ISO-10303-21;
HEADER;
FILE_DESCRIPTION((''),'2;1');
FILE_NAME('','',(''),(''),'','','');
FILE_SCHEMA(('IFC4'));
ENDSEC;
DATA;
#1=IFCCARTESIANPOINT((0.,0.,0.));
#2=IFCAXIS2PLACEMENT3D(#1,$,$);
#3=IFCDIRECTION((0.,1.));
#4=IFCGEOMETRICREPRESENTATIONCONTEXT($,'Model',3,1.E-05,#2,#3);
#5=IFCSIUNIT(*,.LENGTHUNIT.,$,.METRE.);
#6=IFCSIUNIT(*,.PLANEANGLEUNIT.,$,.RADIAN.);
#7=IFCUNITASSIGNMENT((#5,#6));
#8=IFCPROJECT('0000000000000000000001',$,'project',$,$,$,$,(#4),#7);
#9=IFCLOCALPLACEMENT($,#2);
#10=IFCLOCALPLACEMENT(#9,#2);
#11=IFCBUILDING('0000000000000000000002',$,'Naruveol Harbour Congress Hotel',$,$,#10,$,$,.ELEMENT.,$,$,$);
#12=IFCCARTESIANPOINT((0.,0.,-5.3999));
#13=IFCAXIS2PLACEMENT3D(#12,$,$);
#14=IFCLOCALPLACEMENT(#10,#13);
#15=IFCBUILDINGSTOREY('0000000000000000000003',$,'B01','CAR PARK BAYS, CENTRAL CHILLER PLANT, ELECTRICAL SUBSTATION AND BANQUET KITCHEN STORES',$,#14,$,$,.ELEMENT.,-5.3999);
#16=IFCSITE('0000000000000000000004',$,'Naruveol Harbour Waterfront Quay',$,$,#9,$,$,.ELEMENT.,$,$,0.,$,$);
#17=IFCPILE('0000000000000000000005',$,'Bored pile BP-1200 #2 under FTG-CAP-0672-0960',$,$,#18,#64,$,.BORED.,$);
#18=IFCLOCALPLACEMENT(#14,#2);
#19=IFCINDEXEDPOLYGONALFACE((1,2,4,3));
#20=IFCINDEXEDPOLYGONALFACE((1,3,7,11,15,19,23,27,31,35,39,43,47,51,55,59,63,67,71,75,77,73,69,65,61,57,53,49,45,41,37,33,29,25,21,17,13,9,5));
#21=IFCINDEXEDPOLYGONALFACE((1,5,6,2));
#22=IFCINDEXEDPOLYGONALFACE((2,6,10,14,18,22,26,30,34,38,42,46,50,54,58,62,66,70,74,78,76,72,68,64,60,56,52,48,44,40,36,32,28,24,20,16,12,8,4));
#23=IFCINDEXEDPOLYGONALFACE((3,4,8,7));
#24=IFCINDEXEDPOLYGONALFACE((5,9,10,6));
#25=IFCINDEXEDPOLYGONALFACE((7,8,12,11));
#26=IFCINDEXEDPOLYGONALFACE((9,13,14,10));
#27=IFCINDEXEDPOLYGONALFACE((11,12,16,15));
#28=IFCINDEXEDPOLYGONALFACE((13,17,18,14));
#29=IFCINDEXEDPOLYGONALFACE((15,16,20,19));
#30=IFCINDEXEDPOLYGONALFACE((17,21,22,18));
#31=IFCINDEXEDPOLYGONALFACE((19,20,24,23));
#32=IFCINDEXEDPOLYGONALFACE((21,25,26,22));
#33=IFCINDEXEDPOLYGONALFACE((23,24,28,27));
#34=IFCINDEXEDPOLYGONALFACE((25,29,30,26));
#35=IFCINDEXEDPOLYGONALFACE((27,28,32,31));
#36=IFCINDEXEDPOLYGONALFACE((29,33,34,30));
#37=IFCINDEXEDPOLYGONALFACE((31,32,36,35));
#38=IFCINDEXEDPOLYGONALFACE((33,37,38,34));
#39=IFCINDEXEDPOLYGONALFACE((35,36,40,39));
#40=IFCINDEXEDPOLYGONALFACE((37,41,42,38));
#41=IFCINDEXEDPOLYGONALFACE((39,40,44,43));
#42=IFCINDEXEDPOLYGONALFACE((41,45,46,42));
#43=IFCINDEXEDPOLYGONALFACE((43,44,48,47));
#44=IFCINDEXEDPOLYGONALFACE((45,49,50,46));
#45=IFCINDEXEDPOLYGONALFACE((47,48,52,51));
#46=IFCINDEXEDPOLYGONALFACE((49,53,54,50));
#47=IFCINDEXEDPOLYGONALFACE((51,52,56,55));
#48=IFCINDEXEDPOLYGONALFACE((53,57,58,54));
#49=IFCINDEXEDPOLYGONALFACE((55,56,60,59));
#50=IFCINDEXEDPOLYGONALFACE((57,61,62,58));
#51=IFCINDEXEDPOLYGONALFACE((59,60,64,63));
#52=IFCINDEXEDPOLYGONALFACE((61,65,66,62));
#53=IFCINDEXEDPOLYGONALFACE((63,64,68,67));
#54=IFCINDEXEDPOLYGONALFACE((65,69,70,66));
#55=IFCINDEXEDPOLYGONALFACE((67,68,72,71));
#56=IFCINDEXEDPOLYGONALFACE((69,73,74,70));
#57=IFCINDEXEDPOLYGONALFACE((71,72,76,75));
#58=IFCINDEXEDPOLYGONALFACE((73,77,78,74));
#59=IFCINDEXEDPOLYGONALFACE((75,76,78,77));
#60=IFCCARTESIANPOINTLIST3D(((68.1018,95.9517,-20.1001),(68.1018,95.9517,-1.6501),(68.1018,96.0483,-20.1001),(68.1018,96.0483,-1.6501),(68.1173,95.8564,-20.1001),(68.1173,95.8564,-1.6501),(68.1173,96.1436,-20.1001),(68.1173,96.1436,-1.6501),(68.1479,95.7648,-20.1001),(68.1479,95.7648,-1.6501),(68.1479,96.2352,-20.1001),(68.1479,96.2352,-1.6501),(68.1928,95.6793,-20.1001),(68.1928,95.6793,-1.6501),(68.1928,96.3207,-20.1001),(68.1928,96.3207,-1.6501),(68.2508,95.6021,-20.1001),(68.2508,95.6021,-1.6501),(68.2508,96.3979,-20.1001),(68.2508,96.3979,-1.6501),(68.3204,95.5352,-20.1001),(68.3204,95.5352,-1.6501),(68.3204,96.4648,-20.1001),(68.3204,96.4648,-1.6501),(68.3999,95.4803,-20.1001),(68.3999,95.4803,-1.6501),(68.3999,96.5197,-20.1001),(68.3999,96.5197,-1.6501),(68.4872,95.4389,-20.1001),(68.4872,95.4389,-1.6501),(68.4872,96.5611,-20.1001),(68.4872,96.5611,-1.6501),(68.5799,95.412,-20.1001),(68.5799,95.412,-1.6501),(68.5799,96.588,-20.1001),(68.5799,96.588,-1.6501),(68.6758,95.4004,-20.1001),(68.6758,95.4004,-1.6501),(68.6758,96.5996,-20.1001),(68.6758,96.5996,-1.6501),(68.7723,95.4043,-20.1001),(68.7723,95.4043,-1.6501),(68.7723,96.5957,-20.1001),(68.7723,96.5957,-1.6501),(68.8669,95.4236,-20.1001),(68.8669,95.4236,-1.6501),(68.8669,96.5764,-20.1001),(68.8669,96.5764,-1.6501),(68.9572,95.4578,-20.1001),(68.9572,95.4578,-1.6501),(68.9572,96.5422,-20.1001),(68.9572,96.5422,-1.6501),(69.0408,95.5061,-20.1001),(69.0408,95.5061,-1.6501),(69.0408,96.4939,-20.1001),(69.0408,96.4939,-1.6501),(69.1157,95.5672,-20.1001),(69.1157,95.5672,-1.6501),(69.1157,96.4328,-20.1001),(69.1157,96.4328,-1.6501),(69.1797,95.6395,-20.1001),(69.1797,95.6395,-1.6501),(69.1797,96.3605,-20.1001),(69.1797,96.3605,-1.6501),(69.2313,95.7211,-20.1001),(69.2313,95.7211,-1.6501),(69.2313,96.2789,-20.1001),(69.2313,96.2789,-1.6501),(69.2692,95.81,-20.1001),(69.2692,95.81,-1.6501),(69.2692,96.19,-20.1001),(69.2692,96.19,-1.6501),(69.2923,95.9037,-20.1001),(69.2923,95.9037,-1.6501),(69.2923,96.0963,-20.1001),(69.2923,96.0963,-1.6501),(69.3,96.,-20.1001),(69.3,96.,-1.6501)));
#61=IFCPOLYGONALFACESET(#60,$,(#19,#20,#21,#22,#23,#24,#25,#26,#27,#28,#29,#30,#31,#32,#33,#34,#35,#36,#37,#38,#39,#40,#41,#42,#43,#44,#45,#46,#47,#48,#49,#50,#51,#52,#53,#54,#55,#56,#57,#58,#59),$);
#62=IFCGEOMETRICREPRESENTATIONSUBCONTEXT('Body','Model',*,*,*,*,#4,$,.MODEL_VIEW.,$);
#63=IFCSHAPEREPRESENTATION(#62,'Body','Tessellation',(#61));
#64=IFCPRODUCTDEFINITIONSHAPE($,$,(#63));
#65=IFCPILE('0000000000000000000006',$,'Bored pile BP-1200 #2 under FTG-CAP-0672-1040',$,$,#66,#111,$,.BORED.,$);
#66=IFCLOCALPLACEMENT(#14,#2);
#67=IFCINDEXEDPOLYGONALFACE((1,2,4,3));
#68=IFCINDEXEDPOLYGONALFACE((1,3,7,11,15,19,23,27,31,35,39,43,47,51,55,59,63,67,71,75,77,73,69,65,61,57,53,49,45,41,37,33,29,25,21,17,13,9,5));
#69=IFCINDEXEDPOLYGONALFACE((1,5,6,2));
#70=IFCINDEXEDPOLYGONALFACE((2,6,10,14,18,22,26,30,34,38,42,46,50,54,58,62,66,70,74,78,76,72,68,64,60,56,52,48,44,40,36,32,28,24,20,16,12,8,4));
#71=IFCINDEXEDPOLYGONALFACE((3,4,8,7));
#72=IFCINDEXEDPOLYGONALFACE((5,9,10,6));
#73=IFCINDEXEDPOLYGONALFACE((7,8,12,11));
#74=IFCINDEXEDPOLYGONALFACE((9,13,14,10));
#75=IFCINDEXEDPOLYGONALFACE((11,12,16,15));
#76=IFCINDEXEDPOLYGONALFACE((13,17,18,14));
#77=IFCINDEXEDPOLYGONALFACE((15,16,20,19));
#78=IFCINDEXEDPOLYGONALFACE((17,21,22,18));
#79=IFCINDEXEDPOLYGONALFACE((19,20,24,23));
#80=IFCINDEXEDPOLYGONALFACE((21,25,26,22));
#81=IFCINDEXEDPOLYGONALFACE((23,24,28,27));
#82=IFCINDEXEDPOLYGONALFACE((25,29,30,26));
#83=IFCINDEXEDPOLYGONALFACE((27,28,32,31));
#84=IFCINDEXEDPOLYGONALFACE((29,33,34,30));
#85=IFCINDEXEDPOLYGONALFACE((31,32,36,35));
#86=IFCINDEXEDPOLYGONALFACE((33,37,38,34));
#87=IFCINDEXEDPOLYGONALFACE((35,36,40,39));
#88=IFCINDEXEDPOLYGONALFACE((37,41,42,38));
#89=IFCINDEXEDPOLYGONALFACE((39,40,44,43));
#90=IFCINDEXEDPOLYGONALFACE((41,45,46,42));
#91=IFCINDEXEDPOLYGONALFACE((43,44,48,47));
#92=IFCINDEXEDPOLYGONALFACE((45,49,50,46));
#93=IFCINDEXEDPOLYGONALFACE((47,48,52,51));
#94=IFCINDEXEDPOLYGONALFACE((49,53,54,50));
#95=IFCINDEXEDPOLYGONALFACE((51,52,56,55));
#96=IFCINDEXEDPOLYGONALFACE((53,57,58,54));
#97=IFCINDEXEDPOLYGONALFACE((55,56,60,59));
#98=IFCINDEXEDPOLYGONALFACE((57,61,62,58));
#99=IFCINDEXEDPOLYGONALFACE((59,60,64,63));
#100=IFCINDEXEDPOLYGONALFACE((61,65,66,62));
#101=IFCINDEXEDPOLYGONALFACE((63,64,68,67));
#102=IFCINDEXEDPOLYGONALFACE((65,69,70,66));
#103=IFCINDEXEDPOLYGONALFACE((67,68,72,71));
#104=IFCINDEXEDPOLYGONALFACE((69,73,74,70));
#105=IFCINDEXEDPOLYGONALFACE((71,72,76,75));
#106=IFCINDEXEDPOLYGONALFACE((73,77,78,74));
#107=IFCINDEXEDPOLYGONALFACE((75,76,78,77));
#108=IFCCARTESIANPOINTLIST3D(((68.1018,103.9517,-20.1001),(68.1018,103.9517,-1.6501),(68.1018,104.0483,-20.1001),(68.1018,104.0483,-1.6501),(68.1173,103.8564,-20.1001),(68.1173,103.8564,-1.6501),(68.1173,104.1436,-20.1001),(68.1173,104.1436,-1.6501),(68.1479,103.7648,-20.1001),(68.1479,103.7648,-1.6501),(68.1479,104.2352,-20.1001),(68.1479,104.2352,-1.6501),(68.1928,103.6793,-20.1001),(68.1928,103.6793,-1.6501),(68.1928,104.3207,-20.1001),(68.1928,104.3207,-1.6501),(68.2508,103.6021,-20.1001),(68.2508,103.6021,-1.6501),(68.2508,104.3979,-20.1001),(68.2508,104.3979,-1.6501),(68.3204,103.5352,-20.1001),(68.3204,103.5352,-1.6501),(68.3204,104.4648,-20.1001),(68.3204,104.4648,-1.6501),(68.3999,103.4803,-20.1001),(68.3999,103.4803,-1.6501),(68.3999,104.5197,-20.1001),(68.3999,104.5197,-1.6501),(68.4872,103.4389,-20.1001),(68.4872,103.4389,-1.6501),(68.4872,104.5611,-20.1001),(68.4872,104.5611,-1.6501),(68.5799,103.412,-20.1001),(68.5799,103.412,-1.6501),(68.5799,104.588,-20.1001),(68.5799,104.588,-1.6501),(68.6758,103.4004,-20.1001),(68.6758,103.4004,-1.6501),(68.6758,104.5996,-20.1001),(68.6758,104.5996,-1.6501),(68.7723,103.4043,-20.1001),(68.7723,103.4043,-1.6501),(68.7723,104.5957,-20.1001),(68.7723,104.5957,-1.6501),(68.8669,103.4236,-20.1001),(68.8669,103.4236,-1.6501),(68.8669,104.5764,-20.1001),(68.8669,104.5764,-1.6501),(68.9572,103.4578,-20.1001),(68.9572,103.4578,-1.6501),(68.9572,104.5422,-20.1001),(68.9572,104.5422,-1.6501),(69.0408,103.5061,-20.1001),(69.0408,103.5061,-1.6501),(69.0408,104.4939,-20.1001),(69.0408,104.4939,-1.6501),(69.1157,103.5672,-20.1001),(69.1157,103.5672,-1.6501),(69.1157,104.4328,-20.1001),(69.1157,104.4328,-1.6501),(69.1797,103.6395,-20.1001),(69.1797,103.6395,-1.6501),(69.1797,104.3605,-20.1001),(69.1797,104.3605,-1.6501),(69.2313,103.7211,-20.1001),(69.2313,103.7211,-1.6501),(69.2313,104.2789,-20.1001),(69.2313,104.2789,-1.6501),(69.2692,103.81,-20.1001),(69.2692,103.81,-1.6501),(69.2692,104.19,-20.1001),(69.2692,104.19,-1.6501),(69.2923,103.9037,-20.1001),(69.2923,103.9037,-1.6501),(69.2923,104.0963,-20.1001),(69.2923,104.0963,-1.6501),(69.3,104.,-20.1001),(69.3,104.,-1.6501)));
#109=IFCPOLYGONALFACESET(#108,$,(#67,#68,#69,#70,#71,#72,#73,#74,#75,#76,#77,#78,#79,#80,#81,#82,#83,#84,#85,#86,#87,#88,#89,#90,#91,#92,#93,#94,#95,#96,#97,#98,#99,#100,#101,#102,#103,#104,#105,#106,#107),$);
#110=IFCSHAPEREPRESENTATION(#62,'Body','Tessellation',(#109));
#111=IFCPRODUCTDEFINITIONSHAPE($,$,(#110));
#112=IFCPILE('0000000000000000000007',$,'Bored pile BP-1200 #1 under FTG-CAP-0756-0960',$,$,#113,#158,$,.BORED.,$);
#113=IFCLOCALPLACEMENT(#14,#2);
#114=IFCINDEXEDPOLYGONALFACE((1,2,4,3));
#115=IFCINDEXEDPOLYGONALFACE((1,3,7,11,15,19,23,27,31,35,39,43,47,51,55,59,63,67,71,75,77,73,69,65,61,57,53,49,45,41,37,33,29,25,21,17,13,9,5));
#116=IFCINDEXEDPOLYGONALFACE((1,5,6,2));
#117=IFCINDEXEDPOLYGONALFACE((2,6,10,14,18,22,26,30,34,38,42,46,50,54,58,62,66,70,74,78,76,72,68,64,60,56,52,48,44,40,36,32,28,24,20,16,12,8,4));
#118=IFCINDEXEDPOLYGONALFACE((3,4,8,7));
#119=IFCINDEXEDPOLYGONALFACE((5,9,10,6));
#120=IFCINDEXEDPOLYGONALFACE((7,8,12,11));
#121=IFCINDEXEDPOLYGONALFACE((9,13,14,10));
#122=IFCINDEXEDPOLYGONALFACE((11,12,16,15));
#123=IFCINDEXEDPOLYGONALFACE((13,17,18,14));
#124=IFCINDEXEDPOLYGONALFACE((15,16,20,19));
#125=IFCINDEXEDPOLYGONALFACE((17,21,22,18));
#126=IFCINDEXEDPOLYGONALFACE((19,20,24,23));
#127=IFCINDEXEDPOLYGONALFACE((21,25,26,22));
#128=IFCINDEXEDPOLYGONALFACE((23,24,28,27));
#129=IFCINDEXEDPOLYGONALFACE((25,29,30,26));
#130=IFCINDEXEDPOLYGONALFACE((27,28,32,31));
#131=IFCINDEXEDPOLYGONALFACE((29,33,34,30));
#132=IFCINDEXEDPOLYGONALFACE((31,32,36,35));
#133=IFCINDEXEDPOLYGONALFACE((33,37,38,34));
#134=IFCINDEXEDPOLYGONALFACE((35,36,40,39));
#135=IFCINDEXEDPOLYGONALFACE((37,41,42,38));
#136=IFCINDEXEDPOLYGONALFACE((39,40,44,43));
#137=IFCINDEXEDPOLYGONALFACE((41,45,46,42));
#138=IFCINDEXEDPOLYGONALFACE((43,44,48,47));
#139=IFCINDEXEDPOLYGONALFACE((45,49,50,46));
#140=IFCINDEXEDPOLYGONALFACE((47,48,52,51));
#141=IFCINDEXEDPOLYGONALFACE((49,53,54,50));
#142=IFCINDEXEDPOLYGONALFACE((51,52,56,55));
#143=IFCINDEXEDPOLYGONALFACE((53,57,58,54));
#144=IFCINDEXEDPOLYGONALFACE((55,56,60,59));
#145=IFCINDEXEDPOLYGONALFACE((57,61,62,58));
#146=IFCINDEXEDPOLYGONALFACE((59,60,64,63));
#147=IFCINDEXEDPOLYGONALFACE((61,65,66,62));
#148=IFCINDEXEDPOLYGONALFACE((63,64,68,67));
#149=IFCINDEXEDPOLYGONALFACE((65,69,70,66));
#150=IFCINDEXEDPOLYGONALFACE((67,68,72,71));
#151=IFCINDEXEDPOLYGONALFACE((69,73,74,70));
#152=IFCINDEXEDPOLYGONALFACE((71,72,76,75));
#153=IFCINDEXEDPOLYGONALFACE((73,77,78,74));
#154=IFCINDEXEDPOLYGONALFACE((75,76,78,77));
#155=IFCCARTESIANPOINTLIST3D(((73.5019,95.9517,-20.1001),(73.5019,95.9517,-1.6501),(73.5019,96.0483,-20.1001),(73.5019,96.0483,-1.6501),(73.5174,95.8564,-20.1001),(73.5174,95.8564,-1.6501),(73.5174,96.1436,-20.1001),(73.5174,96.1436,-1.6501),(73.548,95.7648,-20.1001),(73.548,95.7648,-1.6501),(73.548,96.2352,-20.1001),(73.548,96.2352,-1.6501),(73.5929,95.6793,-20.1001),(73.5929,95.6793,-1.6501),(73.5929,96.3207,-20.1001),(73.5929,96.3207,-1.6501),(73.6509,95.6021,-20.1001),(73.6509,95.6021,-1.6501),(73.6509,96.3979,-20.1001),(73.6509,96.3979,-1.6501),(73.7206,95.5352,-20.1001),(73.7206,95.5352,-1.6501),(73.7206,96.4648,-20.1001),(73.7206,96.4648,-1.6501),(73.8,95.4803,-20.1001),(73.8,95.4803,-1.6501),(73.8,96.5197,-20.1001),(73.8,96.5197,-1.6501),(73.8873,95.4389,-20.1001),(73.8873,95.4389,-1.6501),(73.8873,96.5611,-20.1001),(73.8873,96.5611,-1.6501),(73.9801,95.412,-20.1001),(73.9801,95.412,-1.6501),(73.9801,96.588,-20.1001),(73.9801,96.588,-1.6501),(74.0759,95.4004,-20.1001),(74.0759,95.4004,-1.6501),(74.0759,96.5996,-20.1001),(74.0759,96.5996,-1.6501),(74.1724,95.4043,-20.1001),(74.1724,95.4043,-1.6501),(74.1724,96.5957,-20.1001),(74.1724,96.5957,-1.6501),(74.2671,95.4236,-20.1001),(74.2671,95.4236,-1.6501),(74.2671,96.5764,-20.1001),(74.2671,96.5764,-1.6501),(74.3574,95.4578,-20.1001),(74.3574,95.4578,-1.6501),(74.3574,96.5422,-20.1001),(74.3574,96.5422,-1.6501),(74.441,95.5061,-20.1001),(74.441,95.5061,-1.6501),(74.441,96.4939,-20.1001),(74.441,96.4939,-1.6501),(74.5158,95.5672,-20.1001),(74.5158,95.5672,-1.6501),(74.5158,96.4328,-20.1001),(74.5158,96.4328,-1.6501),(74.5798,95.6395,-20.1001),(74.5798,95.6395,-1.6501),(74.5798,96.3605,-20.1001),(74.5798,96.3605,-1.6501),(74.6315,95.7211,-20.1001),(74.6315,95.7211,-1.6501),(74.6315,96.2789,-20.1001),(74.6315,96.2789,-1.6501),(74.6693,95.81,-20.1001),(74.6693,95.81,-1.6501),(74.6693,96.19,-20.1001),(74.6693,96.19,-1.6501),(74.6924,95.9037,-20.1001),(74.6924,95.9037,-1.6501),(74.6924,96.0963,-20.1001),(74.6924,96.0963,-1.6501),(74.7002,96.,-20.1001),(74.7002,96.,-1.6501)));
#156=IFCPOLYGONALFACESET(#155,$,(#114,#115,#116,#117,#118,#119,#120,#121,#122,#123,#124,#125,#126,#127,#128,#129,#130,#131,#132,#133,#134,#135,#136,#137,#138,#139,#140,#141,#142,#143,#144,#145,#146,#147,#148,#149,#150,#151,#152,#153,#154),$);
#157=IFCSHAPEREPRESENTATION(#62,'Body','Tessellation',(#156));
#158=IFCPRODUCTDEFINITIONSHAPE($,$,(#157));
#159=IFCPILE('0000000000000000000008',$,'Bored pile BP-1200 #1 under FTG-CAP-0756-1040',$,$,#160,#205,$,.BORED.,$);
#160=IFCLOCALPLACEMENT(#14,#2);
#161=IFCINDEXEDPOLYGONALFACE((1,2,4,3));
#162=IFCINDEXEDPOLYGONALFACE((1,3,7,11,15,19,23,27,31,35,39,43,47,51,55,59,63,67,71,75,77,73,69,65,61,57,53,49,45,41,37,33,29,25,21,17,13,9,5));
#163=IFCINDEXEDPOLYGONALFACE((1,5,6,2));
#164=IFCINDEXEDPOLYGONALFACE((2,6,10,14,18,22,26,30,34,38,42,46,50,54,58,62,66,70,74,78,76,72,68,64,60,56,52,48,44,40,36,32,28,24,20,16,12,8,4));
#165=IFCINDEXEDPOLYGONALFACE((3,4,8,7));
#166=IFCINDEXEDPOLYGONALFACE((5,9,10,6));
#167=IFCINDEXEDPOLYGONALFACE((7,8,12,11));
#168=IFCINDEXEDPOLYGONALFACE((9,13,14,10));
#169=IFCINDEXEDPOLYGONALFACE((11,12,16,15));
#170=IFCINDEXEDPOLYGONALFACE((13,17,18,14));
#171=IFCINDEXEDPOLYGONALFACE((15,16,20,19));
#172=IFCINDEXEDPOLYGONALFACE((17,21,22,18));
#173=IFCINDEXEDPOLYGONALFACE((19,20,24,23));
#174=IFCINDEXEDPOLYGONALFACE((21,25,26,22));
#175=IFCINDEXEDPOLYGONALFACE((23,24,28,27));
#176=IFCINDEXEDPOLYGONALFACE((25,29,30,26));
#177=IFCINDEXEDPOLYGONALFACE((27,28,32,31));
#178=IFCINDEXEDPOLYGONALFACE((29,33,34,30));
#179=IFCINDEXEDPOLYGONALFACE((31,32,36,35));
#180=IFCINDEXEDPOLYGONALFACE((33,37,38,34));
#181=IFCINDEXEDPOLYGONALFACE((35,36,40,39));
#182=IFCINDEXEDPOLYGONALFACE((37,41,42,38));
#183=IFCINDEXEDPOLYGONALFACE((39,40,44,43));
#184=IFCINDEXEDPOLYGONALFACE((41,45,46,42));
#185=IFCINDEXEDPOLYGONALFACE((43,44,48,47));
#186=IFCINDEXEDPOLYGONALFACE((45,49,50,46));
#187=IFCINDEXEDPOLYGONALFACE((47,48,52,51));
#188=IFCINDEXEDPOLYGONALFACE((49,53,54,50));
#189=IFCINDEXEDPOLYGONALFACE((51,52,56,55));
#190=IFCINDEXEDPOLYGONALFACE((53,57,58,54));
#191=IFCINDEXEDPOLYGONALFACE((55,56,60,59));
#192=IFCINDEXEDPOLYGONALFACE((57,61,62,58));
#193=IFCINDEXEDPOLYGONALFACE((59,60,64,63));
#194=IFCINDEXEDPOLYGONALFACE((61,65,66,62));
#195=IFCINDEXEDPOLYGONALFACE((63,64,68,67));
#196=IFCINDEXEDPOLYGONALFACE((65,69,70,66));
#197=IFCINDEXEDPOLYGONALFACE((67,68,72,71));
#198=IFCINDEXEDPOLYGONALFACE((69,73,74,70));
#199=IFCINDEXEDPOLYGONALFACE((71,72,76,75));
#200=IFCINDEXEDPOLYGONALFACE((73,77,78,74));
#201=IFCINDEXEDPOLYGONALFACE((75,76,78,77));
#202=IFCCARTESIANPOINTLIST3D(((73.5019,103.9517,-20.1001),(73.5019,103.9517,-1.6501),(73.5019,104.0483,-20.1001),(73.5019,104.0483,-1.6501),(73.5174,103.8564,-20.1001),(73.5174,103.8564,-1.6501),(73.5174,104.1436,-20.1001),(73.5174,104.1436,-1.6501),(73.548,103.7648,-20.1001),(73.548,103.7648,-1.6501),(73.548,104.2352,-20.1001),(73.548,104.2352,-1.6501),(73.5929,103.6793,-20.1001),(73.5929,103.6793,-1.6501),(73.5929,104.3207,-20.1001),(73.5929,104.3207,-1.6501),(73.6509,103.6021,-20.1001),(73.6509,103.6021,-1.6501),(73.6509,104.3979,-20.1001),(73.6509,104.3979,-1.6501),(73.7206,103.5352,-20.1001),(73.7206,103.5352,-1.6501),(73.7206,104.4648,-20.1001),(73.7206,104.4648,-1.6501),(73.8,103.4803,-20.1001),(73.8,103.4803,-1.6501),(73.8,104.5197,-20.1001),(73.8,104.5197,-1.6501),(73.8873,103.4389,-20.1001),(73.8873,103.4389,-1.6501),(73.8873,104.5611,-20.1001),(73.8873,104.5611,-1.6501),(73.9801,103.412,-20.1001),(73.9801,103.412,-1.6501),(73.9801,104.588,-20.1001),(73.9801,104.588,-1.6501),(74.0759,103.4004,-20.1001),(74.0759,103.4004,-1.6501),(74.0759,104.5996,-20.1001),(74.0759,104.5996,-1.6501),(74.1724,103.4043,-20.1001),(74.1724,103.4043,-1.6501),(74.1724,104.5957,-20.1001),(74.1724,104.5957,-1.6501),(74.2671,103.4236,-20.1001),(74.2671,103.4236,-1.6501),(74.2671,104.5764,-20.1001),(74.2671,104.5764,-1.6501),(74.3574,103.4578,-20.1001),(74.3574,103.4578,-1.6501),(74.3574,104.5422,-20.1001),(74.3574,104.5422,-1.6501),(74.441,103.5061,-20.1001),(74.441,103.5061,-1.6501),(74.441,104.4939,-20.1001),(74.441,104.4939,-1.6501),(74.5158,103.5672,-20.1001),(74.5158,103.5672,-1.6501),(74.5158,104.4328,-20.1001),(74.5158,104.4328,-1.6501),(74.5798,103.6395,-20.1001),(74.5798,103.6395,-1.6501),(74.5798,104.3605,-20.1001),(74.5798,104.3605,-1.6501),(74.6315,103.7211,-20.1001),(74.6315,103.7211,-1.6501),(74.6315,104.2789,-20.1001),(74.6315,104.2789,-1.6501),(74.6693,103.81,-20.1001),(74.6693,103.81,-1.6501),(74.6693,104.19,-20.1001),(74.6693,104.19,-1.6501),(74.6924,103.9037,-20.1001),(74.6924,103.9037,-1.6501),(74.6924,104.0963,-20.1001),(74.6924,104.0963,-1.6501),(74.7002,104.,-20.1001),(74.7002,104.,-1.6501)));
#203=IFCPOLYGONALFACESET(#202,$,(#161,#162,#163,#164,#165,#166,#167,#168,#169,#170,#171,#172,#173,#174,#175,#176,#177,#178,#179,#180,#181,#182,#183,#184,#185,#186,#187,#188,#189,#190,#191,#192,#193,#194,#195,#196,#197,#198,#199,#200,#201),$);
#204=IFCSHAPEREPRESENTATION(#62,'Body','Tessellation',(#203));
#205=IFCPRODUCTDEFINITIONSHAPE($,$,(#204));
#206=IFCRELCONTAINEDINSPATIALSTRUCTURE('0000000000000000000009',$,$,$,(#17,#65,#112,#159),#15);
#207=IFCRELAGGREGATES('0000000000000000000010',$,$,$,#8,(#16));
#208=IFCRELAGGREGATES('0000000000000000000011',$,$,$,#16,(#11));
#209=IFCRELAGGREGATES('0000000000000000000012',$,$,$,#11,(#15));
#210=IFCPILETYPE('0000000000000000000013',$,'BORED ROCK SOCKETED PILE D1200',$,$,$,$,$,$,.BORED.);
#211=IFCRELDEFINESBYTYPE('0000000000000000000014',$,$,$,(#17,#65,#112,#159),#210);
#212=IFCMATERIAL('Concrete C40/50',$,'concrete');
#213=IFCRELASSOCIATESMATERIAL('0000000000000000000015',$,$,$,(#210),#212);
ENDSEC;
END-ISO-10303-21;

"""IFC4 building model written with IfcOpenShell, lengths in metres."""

from ifc_helpers import new_model, si_unit, direction, frame, origin, origin_2d, place, context, subcontext, project, spatial, circle, extrude, material, material_profile, profile_set, type_object, element, save


model = new_model("IFC4")

# Units and contexts
model_context = context("Model", 3, precision=1e-05, world=origin(), true_north=direction((0.0, 1.0)))
body_context = subcontext(model_context, "Body", "Model", "MODEL_VIEW")
ifc_project = project(units=[si_unit("LENGTHUNIT", "METRE"), si_unit("PLANEANGLEUNIT", "RADIAN")], contexts=[model_context])

# Site, building, storey
site_placement = place(None, origin())
site = spatial("IfcSite", under=ifc_project, at=site_placement, Name="Naruveol Harbour Waterfront Quay", CompositionType="ELEMENT", RefElevation=0.0)
building_placement = place(site_placement, origin())
building = spatial("IfcBuilding", under=site, at=building_placement, Name="Naruveol Harbour Congress Hotel", CompositionType="ELEMENT")
storey_placement = place(building_placement, frame((0.0, 0.0, -5.3999)))
storey = spatial("IfcBuildingStorey", under=building, at=storey_placement, Name="B01", Description="CAR PARK BAYS, CENTRAL CHILLER PLANT, ELECTRICAL SUBSTATION AND BANQUET KITCHEN STORES", CompositionType="ELEMENT", Elevation=-5.3999)

# Piles
ifc_material_1 = material(Name="Concrete C40/50", Category="concrete")
ifc_material_profile_1 = material_profile(ifc_material_1, circle(Radius=0.6001, at=origin_2d()), Name="BP-1200")
ifc_profile_set_1 = profile_set([ifc_material_profile_1], Name="Concrete C40/50")
pile_type = type_object("IfcPileType", Name="BORED ROCK SOCKETED PILE D1200", PredefinedType="BORED", material=ifc_profile_set_1)
for number, where, z_axis, x_axis, name in (
    (1, (68.7, 96.0, -1.6501), (0.0, 0.0, -1.0), (1.0, 0.0, 0.0), "Bored pile BP-1200 #2 under FTG-CAP-0672-0960"),
    (2, (68.7, 104.0, -1.6501), (0.0, 0.0, -1.0), (1.0, 0.0, 0.0), "Bored pile BP-1200 #2 under FTG-CAP-0672-1040"),
    (3, (74.1001, 96.0, -1.6501), (0.0, 0.0, -1.0), (1.0, 0.0, 0.0), "Bored pile BP-1200 #1 under FTG-CAP-0756-0960"),
    (4, (74.1001, 104.0, -1.6501), (0.0, 0.0, -1.0), (1.0, 0.0, 0.0), "Bored pile BP-1200 #1 under FTG-CAP-0756-1040"),
):
    element("IfcPile", number, at=place(storey_placement, frame(where, z_axis=z_axis, x_axis=x_axis)), inside=storey, type_object=pile_type, Name=name, PredefinedType="BORED", context=body_context, shape_type="SweptSolid", body=[
        extrude(circle(Radius=0.6001, at=origin_2d()), origin(), (0.0, 0.0, 1.0), 18.45),
    ])

save(model, "model.ifc")
